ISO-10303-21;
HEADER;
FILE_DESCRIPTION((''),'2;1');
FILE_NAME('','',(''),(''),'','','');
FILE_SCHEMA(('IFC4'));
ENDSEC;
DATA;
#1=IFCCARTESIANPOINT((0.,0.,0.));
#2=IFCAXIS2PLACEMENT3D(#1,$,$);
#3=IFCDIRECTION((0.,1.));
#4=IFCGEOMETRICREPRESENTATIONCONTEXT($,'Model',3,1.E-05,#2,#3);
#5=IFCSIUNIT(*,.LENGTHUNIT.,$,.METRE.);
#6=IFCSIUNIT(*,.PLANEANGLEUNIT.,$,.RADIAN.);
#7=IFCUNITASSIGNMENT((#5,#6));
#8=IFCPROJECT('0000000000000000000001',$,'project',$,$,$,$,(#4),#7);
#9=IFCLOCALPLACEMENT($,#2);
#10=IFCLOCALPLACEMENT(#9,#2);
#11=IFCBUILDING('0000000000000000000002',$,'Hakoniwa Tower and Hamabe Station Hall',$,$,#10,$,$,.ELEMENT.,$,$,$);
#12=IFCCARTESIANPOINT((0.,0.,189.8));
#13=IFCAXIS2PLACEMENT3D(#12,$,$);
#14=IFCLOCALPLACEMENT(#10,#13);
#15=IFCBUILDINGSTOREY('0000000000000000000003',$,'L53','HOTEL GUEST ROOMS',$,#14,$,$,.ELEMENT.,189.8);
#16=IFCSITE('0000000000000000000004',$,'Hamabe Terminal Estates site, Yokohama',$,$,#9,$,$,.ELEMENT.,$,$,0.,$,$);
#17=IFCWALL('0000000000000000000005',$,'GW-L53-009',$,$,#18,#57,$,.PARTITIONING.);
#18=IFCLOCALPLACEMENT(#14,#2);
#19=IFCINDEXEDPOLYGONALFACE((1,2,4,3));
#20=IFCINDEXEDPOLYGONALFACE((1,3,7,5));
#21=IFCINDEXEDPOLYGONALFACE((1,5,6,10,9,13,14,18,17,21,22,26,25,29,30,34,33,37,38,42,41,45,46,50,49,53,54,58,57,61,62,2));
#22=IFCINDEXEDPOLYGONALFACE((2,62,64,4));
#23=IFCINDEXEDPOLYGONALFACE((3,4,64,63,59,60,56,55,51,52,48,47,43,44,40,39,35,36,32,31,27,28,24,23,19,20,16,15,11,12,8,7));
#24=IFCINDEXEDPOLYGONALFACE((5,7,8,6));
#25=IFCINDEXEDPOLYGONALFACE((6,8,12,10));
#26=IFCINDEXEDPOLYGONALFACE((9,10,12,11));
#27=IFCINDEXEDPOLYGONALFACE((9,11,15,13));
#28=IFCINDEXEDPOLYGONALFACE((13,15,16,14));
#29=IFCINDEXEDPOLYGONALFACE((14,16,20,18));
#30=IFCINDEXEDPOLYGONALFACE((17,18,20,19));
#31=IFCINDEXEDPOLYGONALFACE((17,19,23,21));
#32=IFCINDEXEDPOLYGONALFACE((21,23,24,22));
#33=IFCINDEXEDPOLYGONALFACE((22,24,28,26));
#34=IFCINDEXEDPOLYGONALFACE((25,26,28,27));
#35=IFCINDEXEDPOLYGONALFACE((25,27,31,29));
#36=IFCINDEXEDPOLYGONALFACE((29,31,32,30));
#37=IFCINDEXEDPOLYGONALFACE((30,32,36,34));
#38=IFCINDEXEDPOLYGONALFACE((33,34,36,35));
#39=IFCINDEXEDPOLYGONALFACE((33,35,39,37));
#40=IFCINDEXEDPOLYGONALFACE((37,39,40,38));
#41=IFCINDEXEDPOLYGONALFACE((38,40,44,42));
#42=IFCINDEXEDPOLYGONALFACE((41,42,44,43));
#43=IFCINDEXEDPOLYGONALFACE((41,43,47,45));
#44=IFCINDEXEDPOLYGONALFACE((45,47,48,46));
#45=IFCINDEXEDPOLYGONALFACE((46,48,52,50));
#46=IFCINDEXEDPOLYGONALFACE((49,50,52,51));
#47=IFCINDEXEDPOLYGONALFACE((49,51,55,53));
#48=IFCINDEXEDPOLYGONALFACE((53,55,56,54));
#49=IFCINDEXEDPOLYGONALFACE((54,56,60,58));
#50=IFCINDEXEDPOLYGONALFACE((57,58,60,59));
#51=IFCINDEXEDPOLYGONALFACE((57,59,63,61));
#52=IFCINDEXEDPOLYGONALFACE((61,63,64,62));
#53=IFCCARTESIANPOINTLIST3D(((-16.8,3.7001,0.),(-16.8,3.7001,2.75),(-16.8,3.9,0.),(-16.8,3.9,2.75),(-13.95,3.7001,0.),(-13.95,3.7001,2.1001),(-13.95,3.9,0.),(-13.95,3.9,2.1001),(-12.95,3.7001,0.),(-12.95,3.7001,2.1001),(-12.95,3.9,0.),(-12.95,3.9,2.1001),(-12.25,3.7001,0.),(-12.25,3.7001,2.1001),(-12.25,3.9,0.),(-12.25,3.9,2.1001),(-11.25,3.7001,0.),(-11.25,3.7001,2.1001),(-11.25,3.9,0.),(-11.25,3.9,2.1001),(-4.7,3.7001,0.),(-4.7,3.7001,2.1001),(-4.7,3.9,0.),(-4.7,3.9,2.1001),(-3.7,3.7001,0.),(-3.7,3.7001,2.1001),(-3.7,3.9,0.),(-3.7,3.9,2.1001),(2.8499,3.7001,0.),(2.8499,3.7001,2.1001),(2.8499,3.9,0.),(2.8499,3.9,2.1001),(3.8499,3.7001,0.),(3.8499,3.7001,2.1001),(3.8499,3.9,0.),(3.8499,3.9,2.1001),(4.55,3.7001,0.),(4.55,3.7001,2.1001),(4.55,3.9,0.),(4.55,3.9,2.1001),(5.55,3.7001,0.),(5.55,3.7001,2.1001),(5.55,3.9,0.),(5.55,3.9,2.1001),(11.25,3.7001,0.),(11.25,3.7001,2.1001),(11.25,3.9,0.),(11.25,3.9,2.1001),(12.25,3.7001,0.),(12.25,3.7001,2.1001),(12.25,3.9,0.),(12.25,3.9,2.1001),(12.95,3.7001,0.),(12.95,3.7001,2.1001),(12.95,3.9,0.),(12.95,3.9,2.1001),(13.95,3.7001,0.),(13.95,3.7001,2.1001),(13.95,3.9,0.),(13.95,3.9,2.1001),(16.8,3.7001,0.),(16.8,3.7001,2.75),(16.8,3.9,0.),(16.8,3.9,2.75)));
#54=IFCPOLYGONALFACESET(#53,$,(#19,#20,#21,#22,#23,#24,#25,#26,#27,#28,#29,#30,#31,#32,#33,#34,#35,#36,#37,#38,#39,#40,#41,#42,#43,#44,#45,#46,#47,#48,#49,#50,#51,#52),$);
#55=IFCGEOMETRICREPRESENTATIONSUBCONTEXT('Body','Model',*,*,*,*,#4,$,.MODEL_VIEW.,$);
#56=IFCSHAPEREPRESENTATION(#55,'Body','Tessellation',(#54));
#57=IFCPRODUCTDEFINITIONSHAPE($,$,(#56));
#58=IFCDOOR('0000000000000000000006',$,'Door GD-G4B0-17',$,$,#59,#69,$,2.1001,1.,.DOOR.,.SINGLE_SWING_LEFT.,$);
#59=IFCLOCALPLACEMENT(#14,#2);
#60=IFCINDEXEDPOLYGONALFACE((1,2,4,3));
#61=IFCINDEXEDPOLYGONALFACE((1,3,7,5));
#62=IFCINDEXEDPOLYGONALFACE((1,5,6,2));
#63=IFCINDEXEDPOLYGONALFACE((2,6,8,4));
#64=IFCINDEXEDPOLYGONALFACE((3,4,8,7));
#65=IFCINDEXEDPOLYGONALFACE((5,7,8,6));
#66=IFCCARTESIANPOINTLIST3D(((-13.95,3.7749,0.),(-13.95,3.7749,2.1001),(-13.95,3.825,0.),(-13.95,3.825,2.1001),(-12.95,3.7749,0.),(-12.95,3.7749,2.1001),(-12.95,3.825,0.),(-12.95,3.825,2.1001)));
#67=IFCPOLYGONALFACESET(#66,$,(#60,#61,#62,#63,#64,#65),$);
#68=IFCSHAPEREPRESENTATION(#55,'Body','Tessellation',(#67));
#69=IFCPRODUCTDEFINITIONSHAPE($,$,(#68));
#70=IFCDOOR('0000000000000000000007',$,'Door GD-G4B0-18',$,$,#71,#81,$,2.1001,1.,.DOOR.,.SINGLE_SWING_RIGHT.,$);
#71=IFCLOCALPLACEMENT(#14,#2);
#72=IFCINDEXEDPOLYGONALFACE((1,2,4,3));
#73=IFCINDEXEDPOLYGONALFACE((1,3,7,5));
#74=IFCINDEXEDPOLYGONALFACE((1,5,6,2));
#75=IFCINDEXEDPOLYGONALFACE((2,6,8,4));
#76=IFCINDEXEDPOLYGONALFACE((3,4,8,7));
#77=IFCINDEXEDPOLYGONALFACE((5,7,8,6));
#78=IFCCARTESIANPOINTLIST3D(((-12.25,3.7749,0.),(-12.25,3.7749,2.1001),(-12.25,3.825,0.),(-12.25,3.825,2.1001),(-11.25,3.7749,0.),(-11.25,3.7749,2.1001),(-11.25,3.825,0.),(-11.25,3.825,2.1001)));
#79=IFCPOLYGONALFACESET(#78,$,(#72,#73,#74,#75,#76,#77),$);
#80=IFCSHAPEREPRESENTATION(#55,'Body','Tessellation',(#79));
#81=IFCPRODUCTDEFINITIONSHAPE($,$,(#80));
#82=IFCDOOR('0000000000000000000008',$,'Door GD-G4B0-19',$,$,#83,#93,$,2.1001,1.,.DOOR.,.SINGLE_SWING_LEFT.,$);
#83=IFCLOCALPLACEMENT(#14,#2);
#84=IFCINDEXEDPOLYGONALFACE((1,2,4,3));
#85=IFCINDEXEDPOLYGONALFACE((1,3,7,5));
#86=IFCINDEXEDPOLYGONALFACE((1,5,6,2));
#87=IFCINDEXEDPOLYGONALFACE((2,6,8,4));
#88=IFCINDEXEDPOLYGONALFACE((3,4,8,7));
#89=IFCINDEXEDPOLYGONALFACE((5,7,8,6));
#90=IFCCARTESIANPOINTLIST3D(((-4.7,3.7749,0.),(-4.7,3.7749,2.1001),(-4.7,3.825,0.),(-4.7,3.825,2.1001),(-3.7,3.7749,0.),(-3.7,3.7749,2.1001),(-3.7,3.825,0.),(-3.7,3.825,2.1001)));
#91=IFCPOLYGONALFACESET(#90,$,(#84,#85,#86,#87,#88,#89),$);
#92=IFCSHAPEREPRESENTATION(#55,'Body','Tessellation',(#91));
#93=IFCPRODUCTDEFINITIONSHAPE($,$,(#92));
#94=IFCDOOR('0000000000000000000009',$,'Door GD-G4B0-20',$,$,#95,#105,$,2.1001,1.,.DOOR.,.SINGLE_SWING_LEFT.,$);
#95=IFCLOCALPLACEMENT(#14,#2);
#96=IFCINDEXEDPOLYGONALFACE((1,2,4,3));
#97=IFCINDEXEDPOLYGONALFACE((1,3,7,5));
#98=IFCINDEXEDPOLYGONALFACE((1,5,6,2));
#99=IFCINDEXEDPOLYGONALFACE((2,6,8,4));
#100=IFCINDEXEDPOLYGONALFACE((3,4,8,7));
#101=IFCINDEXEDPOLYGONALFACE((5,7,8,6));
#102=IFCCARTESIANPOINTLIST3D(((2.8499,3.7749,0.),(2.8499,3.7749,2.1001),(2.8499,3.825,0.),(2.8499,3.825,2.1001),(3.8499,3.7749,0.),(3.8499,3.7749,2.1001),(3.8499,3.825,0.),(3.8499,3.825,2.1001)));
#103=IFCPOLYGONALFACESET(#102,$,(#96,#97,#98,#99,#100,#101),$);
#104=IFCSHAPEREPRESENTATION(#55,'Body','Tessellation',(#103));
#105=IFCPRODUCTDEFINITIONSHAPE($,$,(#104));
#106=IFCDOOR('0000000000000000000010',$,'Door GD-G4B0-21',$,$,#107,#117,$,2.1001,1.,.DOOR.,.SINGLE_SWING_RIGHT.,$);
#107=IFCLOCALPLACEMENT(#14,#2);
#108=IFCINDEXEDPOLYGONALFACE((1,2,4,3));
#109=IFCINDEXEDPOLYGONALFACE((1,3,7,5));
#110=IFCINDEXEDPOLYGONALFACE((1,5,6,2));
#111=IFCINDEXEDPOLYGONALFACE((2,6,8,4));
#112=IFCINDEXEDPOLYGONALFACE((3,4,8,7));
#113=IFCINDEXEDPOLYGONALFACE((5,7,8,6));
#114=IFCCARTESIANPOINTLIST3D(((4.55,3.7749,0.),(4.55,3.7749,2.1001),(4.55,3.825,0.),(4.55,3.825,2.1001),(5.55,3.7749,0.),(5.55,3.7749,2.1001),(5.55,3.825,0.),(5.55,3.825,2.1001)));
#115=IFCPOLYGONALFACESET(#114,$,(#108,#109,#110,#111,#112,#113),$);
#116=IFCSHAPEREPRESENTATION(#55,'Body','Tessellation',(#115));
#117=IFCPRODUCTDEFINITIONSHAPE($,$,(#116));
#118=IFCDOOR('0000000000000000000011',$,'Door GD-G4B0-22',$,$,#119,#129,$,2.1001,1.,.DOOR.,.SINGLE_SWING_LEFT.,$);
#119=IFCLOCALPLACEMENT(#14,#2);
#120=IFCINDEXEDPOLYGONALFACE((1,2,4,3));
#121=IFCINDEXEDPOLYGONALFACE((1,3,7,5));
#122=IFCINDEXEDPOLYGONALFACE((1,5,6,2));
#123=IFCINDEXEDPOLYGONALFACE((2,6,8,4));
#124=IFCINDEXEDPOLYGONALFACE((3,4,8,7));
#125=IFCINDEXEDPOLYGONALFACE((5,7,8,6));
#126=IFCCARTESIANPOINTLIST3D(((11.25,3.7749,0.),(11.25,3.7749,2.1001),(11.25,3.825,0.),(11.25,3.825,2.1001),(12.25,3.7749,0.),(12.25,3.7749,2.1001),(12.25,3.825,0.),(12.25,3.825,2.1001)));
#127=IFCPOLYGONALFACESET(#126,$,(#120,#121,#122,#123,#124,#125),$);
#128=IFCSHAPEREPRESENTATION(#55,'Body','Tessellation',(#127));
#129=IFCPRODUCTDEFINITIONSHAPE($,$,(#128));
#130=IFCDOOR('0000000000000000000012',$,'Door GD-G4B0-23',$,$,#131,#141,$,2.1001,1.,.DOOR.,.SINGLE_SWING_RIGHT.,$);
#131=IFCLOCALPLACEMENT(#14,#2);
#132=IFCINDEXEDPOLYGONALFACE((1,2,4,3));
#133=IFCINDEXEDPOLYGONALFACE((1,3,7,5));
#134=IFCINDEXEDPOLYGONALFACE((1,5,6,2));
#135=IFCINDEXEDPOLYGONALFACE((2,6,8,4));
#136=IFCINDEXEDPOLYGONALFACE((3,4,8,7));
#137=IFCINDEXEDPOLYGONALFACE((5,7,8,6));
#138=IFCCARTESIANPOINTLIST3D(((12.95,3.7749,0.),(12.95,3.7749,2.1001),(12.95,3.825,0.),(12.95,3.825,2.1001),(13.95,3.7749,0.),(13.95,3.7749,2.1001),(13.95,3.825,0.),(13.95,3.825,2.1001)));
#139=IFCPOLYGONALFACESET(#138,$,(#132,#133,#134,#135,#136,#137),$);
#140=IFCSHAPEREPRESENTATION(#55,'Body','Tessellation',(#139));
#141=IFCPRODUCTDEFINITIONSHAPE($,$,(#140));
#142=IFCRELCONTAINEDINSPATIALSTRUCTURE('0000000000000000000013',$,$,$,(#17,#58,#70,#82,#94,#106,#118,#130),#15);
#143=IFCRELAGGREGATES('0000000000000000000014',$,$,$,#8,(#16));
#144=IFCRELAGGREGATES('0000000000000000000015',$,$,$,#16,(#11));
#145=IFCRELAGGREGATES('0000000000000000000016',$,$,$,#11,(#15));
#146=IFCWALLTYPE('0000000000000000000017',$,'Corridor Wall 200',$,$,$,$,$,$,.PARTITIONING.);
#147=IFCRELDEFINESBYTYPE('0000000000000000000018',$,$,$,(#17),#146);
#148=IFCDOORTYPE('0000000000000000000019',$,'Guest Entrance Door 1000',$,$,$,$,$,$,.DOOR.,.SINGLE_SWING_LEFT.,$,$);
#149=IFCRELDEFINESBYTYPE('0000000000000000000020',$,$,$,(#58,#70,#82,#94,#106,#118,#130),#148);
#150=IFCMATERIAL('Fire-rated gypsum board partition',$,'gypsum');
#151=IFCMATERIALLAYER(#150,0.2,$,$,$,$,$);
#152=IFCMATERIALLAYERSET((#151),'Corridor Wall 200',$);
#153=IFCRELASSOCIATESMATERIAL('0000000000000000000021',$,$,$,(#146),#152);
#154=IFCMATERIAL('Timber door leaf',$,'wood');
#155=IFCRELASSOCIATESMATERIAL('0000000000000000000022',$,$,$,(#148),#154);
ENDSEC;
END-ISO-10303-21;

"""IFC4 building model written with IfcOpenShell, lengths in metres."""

from ifc_helpers import new_model, si_unit, direction, frame, frame_2d, origin, place, context, subcontext, project, spatial, rectangle, extrude, material, layer, layer_set, type_object, element, fill, save


model = new_model("IFC4")

# Units and contexts
model_context = context("Model", 3, precision=1e-05, world=origin(), true_north=direction((0.0, 1.0)))
body_context = subcontext(model_context, "Body", "Model", "MODEL_VIEW")
ifc_project = project(units=[si_unit("LENGTHUNIT", "METRE"), si_unit("PLANEANGLEUNIT", "RADIAN")], contexts=[model_context])

# Site, building, storey
site_placement = place(None, origin())
site = spatial("IfcSite", under=ifc_project, at=site_placement, Name="Hamabe Terminal Estates site, Yokohama", CompositionType="ELEMENT", RefElevation=0.0)
building_placement = place(site_placement, origin())
building = spatial("IfcBuilding", under=site, at=building_placement, Name="Hakoniwa Tower and Hamabe Station Hall", CompositionType="ELEMENT")
storey_placement = place(building_placement, frame((0.0, 0.0, 189.8)))
storey = spatial("IfcBuildingStorey", under=building, at=storey_placement, Name="L53", Description="HOTEL GUEST ROOMS", CompositionType="ELEMENT", Elevation=189.8)

# Wall, openings, doors
ifc_material_1 = material(Name="Fire-rated gypsum board partition", Category="gypsum")
ifc_layer_1 = layer(ifc_material_1, 0.2)
ifc_layer_set_1 = layer_set([ifc_layer_1], Name="Corridor Wall 200")
wall_type_1 = type_object("IfcWallType", Name="Corridor Wall 200", PredefinedType="PARTITIONING", material=ifc_layer_set_1)
ifc_material_2 = material(Name="Timber door leaf", Category="wood")
door_type_1 = type_object("IfcDoorType", Name="Guest Entrance Door 1000", OperationType="SINGLE_SWING_LEFT", PredefinedType="DOOR", material=ifc_material_2)
wall_1_placement = place(storey_placement, frame((-16.8, 3.8, 0.0), z_axis=(0.0, 0.0, 1.0), x_axis=(1.0, 0.0, 0.0)))
wall_1 = element("IfcWall", 1, at=wall_1_placement, inside=storey, type_object=wall_type_1, Name="GW-L53-009", PredefinedType="PARTITIONING", context=body_context, shape_type="SweptSolid", body=[
    extrude(rectangle(XDim=33.6001, YDim=0.2, at=frame_2d((16.8, 0.0))), origin(), (0.0, 0.0, 1.0), 2.75),
])
opening_1_placement = place(wall_1_placement, frame((2.8501, 0.0, 0.0)))
opening_1 = element("IfcOpeningElement", 2, at=opening_1_placement, cuts=wall_1, PredefinedType="OPENING", context=body_context, shape_type="SweptSolid", body=[
    extrude(rectangle(XDim=1.0, YDim=2.1001, at=frame_2d((0.5, 1.05))), frame((0.0, 0.1099, 0.0), z_axis=(0.0, -1.0, 0.0), x_axis=(1.0, 0.0, 0.0)), (0.0, 0.0, 1.0), 0.22),
])
opening_2_placement = place(wall_1_placement, frame((4.55, 0.0, 0.0)))
opening_2 = element("IfcOpeningElement", 3, at=opening_2_placement, cuts=wall_1, PredefinedType="OPENING", context=body_context, shape_type="SweptSolid", body=[
    extrude(rectangle(XDim=1.0, YDim=2.1001, at=frame_2d((0.5, 1.05))), frame((0.0, 0.1099, 0.0), z_axis=(0.0, -1.0, 0.0), x_axis=(1.0, 0.0, 0.0)), (0.0, 0.0, 1.0), 0.22),
])
opening_3_placement = place(wall_1_placement, frame((12.1001, 0.0, 0.0)))
opening_3 = element("IfcOpeningElement", 4, at=opening_3_placement, cuts=wall_1, PredefinedType="OPENING", context=body_context, shape_type="SweptSolid", body=[
    extrude(rectangle(XDim=1.0, YDim=2.1001, at=frame_2d((0.5, 1.05))), frame((0.0, 0.1099, 0.0), z_axis=(0.0, -1.0, 0.0), x_axis=(1.0, 0.0, 0.0)), (0.0, 0.0, 1.0), 0.22),
])
opening_4_placement = place(wall_1_placement, frame((19.6499, 0.0, 0.0)))
opening_4 = element("IfcOpeningElement", 5, at=opening_4_placement, cuts=wall_1, PredefinedType="OPENING", context=body_context, shape_type="SweptSolid", body=[
    extrude(rectangle(XDim=1.0, YDim=2.1001, at=frame_2d((0.5, 1.05))), frame((0.0, 0.1099, 0.0), z_axis=(0.0, -1.0, 0.0), x_axis=(1.0, 0.0, 0.0)), (0.0, 0.0, 1.0), 0.22),
])
opening_5_placement = place(wall_1_placement, frame((21.3501, 0.0, 0.0)))
opening_5 = element("IfcOpeningElement", 6, at=opening_5_placement, cuts=wall_1, PredefinedType="OPENING", context=body_context, shape_type="SweptSolid", body=[
    extrude(rectangle(XDim=1.0, YDim=2.1001, at=frame_2d((0.5, 1.05))), frame((0.0, 0.1099, 0.0), z_axis=(0.0, -1.0, 0.0), x_axis=(1.0, 0.0, 0.0)), (0.0, 0.0, 1.0), 0.22),
])
opening_6_placement = place(wall_1_placement, frame((28.05, 0.0, 0.0)))
opening_6 = element("IfcOpeningElement", 7, at=opening_6_placement, cuts=wall_1, PredefinedType="OPENING", context=body_context, shape_type="SweptSolid", body=[
    extrude(rectangle(XDim=1.0, YDim=2.1001, at=frame_2d((0.5, 1.05))), frame((0.0, 0.1099, 0.0), z_axis=(0.0, -1.0, 0.0), x_axis=(1.0, 0.0, 0.0)), (0.0, 0.0, 1.0), 0.22),
])
opening_7_placement = place(wall_1_placement, frame((29.75, 0.0, 0.0)))
opening_7 = element("IfcOpeningElement", 8, at=opening_7_placement, cuts=wall_1, PredefinedType="OPENING", context=body_context, shape_type="SweptSolid", body=[
    extrude(rectangle(XDim=1.0, YDim=2.1001, at=frame_2d((0.5, 1.05))), frame((0.0, 0.1099, 0.0), z_axis=(0.0, -1.0, 0.0), x_axis=(1.0, 0.0, 0.0)), (0.0, 0.0, 1.0), 0.22),
])
door_1_placement = place(opening_1_placement, origin())
door_1 = element("IfcDoor", 9, at=door_1_placement, inside=storey, type_object=door_type_1, Name="Door GD-G4B0-17", OperationType="SINGLE_SWING_LEFT", OverallHeight=2.1001, OverallWidth=1.0, PredefinedType="DOOR", context=body_context, shape_type="SweptSolid", body=[
    extrude(rectangle(XDim=1.0, YDim=2.1001, at=frame_2d((0.5, 1.05))), frame((0.0, 0.0249, 0.0), z_axis=(0.0, -1.0, 0.0), x_axis=(1.0, 0.0, 0.0)), (0.0, 0.0, 1.0), 0.05),
])
fill(opening_1, door_1)
door_2_placement = place(opening_2_placement, origin())
door_2 = element("IfcDoor", 10, at=door_2_placement, inside=storey, type_object=door_type_1, Name="Door GD-G4B0-18", OperationType="SINGLE_SWING_RIGHT", OverallHeight=2.1001, OverallWidth=1.0, PredefinedType="DOOR", context=body_context, shape_type="SweptSolid", body=[
    extrude(rectangle(XDim=1.0, YDim=2.1001, at=frame_2d((0.5, 1.05))), frame((0.0, 0.0249, 0.0), z_axis=(0.0, -1.0, 0.0), x_axis=(1.0, 0.0, 0.0)), (0.0, 0.0, 1.0), 0.05),
])
fill(opening_2, door_2)
door_3_placement = place(opening_3_placement, origin())
door_3 = element("IfcDoor", 11, at=door_3_placement, inside=storey, type_object=door_type_1, Name="Door GD-G4B0-19", OperationType="SINGLE_SWING_LEFT", OverallHeight=2.1001, OverallWidth=1.0, PredefinedType="DOOR", context=body_context, shape_type="SweptSolid", body=[
    extrude(rectangle(XDim=1.0, YDim=2.1001, at=frame_2d((0.5, 1.05))), frame((0.0, 0.0249, 0.0), z_axis=(0.0, -1.0, 0.0), x_axis=(1.0, 0.0, 0.0)), (0.0, 0.0, 1.0), 0.05),
])
fill(opening_3, door_3)
door_4_placement = place(opening_4_placement, origin())
door_4 = element("IfcDoor", 12, at=door_4_placement, inside=storey, type_object=door_type_1, Name="Door GD-G4B0-20", OperationType="SINGLE_SWING_LEFT", OverallHeight=2.1001, OverallWidth=1.0, PredefinedType="DOOR", context=body_context, shape_type="SweptSolid", body=[
    extrude(rectangle(XDim=1.0, YDim=2.1001, at=frame_2d((0.5, 1.05))), frame((0.0, 0.0249, 0.0), z_axis=(0.0, -1.0, 0.0), x_axis=(1.0, 0.0, 0.0)), (0.0, 0.0, 1.0), 0.05),
])
fill(opening_4, door_4)
door_5_placement = place(opening_5_placement, origin())
door_5 = element("IfcDoor", 13, at=door_5_placement, inside=storey, type_object=door_type_1, Name="Door GD-G4B0-21", OperationType="SINGLE_SWING_RIGHT", OverallHeight=2.1001, OverallWidth=1.0, PredefinedType="DOOR", context=body_context, shape_type="SweptSolid", body=[
    extrude(rectangle(XDim=1.0, YDim=2.1001, at=frame_2d((0.5, 1.05))), frame((0.0, 0.0249, 0.0), z_axis=(0.0, -1.0, 0.0), x_axis=(1.0, 0.0, 0.0)), (0.0, 0.0, 1.0), 0.05),
])
fill(opening_5, door_5)
door_6_placement = place(opening_6_placement, origin())
door_6 = element("IfcDoor", 14, at=door_6_placement, inside=storey, type_object=door_type_1, Name="Door GD-G4B0-22", OperationType="SINGLE_SWING_LEFT", OverallHeight=2.1001, OverallWidth=1.0, PredefinedType="DOOR", context=body_context, shape_type="SweptSolid", body=[
    extrude(rectangle(XDim=1.0, YDim=2.1001, at=frame_2d((0.5, 1.05))), frame((0.0, 0.0249, 0.0), z_axis=(0.0, -1.0, 0.0), x_axis=(1.0, 0.0, 0.0)), (0.0, 0.0, 1.0), 0.05),
])
fill(opening_6, door_6)
door_7_placement = place(opening_7_placement, origin())
door_7 = element("IfcDoor", 15, at=door_7_placement, inside=storey, type_object=door_type_1, Name="Door GD-G4B0-23", OperationType="SINGLE_SWING_RIGHT", OverallHeight=2.1001, OverallWidth=1.0, PredefinedType="DOOR", context=body_context, shape_type="SweptSolid", body=[
    extrude(rectangle(XDim=1.0, YDim=2.1001, at=frame_2d((0.5, 1.05))), frame((0.0, 0.0249, 0.0), z_axis=(0.0, -1.0, 0.0), x_axis=(1.0, 0.0, 0.0)), (0.0, 0.0, 1.0), 0.05),
])
fill(opening_7, door_7)

save(model, "model.ifc")
